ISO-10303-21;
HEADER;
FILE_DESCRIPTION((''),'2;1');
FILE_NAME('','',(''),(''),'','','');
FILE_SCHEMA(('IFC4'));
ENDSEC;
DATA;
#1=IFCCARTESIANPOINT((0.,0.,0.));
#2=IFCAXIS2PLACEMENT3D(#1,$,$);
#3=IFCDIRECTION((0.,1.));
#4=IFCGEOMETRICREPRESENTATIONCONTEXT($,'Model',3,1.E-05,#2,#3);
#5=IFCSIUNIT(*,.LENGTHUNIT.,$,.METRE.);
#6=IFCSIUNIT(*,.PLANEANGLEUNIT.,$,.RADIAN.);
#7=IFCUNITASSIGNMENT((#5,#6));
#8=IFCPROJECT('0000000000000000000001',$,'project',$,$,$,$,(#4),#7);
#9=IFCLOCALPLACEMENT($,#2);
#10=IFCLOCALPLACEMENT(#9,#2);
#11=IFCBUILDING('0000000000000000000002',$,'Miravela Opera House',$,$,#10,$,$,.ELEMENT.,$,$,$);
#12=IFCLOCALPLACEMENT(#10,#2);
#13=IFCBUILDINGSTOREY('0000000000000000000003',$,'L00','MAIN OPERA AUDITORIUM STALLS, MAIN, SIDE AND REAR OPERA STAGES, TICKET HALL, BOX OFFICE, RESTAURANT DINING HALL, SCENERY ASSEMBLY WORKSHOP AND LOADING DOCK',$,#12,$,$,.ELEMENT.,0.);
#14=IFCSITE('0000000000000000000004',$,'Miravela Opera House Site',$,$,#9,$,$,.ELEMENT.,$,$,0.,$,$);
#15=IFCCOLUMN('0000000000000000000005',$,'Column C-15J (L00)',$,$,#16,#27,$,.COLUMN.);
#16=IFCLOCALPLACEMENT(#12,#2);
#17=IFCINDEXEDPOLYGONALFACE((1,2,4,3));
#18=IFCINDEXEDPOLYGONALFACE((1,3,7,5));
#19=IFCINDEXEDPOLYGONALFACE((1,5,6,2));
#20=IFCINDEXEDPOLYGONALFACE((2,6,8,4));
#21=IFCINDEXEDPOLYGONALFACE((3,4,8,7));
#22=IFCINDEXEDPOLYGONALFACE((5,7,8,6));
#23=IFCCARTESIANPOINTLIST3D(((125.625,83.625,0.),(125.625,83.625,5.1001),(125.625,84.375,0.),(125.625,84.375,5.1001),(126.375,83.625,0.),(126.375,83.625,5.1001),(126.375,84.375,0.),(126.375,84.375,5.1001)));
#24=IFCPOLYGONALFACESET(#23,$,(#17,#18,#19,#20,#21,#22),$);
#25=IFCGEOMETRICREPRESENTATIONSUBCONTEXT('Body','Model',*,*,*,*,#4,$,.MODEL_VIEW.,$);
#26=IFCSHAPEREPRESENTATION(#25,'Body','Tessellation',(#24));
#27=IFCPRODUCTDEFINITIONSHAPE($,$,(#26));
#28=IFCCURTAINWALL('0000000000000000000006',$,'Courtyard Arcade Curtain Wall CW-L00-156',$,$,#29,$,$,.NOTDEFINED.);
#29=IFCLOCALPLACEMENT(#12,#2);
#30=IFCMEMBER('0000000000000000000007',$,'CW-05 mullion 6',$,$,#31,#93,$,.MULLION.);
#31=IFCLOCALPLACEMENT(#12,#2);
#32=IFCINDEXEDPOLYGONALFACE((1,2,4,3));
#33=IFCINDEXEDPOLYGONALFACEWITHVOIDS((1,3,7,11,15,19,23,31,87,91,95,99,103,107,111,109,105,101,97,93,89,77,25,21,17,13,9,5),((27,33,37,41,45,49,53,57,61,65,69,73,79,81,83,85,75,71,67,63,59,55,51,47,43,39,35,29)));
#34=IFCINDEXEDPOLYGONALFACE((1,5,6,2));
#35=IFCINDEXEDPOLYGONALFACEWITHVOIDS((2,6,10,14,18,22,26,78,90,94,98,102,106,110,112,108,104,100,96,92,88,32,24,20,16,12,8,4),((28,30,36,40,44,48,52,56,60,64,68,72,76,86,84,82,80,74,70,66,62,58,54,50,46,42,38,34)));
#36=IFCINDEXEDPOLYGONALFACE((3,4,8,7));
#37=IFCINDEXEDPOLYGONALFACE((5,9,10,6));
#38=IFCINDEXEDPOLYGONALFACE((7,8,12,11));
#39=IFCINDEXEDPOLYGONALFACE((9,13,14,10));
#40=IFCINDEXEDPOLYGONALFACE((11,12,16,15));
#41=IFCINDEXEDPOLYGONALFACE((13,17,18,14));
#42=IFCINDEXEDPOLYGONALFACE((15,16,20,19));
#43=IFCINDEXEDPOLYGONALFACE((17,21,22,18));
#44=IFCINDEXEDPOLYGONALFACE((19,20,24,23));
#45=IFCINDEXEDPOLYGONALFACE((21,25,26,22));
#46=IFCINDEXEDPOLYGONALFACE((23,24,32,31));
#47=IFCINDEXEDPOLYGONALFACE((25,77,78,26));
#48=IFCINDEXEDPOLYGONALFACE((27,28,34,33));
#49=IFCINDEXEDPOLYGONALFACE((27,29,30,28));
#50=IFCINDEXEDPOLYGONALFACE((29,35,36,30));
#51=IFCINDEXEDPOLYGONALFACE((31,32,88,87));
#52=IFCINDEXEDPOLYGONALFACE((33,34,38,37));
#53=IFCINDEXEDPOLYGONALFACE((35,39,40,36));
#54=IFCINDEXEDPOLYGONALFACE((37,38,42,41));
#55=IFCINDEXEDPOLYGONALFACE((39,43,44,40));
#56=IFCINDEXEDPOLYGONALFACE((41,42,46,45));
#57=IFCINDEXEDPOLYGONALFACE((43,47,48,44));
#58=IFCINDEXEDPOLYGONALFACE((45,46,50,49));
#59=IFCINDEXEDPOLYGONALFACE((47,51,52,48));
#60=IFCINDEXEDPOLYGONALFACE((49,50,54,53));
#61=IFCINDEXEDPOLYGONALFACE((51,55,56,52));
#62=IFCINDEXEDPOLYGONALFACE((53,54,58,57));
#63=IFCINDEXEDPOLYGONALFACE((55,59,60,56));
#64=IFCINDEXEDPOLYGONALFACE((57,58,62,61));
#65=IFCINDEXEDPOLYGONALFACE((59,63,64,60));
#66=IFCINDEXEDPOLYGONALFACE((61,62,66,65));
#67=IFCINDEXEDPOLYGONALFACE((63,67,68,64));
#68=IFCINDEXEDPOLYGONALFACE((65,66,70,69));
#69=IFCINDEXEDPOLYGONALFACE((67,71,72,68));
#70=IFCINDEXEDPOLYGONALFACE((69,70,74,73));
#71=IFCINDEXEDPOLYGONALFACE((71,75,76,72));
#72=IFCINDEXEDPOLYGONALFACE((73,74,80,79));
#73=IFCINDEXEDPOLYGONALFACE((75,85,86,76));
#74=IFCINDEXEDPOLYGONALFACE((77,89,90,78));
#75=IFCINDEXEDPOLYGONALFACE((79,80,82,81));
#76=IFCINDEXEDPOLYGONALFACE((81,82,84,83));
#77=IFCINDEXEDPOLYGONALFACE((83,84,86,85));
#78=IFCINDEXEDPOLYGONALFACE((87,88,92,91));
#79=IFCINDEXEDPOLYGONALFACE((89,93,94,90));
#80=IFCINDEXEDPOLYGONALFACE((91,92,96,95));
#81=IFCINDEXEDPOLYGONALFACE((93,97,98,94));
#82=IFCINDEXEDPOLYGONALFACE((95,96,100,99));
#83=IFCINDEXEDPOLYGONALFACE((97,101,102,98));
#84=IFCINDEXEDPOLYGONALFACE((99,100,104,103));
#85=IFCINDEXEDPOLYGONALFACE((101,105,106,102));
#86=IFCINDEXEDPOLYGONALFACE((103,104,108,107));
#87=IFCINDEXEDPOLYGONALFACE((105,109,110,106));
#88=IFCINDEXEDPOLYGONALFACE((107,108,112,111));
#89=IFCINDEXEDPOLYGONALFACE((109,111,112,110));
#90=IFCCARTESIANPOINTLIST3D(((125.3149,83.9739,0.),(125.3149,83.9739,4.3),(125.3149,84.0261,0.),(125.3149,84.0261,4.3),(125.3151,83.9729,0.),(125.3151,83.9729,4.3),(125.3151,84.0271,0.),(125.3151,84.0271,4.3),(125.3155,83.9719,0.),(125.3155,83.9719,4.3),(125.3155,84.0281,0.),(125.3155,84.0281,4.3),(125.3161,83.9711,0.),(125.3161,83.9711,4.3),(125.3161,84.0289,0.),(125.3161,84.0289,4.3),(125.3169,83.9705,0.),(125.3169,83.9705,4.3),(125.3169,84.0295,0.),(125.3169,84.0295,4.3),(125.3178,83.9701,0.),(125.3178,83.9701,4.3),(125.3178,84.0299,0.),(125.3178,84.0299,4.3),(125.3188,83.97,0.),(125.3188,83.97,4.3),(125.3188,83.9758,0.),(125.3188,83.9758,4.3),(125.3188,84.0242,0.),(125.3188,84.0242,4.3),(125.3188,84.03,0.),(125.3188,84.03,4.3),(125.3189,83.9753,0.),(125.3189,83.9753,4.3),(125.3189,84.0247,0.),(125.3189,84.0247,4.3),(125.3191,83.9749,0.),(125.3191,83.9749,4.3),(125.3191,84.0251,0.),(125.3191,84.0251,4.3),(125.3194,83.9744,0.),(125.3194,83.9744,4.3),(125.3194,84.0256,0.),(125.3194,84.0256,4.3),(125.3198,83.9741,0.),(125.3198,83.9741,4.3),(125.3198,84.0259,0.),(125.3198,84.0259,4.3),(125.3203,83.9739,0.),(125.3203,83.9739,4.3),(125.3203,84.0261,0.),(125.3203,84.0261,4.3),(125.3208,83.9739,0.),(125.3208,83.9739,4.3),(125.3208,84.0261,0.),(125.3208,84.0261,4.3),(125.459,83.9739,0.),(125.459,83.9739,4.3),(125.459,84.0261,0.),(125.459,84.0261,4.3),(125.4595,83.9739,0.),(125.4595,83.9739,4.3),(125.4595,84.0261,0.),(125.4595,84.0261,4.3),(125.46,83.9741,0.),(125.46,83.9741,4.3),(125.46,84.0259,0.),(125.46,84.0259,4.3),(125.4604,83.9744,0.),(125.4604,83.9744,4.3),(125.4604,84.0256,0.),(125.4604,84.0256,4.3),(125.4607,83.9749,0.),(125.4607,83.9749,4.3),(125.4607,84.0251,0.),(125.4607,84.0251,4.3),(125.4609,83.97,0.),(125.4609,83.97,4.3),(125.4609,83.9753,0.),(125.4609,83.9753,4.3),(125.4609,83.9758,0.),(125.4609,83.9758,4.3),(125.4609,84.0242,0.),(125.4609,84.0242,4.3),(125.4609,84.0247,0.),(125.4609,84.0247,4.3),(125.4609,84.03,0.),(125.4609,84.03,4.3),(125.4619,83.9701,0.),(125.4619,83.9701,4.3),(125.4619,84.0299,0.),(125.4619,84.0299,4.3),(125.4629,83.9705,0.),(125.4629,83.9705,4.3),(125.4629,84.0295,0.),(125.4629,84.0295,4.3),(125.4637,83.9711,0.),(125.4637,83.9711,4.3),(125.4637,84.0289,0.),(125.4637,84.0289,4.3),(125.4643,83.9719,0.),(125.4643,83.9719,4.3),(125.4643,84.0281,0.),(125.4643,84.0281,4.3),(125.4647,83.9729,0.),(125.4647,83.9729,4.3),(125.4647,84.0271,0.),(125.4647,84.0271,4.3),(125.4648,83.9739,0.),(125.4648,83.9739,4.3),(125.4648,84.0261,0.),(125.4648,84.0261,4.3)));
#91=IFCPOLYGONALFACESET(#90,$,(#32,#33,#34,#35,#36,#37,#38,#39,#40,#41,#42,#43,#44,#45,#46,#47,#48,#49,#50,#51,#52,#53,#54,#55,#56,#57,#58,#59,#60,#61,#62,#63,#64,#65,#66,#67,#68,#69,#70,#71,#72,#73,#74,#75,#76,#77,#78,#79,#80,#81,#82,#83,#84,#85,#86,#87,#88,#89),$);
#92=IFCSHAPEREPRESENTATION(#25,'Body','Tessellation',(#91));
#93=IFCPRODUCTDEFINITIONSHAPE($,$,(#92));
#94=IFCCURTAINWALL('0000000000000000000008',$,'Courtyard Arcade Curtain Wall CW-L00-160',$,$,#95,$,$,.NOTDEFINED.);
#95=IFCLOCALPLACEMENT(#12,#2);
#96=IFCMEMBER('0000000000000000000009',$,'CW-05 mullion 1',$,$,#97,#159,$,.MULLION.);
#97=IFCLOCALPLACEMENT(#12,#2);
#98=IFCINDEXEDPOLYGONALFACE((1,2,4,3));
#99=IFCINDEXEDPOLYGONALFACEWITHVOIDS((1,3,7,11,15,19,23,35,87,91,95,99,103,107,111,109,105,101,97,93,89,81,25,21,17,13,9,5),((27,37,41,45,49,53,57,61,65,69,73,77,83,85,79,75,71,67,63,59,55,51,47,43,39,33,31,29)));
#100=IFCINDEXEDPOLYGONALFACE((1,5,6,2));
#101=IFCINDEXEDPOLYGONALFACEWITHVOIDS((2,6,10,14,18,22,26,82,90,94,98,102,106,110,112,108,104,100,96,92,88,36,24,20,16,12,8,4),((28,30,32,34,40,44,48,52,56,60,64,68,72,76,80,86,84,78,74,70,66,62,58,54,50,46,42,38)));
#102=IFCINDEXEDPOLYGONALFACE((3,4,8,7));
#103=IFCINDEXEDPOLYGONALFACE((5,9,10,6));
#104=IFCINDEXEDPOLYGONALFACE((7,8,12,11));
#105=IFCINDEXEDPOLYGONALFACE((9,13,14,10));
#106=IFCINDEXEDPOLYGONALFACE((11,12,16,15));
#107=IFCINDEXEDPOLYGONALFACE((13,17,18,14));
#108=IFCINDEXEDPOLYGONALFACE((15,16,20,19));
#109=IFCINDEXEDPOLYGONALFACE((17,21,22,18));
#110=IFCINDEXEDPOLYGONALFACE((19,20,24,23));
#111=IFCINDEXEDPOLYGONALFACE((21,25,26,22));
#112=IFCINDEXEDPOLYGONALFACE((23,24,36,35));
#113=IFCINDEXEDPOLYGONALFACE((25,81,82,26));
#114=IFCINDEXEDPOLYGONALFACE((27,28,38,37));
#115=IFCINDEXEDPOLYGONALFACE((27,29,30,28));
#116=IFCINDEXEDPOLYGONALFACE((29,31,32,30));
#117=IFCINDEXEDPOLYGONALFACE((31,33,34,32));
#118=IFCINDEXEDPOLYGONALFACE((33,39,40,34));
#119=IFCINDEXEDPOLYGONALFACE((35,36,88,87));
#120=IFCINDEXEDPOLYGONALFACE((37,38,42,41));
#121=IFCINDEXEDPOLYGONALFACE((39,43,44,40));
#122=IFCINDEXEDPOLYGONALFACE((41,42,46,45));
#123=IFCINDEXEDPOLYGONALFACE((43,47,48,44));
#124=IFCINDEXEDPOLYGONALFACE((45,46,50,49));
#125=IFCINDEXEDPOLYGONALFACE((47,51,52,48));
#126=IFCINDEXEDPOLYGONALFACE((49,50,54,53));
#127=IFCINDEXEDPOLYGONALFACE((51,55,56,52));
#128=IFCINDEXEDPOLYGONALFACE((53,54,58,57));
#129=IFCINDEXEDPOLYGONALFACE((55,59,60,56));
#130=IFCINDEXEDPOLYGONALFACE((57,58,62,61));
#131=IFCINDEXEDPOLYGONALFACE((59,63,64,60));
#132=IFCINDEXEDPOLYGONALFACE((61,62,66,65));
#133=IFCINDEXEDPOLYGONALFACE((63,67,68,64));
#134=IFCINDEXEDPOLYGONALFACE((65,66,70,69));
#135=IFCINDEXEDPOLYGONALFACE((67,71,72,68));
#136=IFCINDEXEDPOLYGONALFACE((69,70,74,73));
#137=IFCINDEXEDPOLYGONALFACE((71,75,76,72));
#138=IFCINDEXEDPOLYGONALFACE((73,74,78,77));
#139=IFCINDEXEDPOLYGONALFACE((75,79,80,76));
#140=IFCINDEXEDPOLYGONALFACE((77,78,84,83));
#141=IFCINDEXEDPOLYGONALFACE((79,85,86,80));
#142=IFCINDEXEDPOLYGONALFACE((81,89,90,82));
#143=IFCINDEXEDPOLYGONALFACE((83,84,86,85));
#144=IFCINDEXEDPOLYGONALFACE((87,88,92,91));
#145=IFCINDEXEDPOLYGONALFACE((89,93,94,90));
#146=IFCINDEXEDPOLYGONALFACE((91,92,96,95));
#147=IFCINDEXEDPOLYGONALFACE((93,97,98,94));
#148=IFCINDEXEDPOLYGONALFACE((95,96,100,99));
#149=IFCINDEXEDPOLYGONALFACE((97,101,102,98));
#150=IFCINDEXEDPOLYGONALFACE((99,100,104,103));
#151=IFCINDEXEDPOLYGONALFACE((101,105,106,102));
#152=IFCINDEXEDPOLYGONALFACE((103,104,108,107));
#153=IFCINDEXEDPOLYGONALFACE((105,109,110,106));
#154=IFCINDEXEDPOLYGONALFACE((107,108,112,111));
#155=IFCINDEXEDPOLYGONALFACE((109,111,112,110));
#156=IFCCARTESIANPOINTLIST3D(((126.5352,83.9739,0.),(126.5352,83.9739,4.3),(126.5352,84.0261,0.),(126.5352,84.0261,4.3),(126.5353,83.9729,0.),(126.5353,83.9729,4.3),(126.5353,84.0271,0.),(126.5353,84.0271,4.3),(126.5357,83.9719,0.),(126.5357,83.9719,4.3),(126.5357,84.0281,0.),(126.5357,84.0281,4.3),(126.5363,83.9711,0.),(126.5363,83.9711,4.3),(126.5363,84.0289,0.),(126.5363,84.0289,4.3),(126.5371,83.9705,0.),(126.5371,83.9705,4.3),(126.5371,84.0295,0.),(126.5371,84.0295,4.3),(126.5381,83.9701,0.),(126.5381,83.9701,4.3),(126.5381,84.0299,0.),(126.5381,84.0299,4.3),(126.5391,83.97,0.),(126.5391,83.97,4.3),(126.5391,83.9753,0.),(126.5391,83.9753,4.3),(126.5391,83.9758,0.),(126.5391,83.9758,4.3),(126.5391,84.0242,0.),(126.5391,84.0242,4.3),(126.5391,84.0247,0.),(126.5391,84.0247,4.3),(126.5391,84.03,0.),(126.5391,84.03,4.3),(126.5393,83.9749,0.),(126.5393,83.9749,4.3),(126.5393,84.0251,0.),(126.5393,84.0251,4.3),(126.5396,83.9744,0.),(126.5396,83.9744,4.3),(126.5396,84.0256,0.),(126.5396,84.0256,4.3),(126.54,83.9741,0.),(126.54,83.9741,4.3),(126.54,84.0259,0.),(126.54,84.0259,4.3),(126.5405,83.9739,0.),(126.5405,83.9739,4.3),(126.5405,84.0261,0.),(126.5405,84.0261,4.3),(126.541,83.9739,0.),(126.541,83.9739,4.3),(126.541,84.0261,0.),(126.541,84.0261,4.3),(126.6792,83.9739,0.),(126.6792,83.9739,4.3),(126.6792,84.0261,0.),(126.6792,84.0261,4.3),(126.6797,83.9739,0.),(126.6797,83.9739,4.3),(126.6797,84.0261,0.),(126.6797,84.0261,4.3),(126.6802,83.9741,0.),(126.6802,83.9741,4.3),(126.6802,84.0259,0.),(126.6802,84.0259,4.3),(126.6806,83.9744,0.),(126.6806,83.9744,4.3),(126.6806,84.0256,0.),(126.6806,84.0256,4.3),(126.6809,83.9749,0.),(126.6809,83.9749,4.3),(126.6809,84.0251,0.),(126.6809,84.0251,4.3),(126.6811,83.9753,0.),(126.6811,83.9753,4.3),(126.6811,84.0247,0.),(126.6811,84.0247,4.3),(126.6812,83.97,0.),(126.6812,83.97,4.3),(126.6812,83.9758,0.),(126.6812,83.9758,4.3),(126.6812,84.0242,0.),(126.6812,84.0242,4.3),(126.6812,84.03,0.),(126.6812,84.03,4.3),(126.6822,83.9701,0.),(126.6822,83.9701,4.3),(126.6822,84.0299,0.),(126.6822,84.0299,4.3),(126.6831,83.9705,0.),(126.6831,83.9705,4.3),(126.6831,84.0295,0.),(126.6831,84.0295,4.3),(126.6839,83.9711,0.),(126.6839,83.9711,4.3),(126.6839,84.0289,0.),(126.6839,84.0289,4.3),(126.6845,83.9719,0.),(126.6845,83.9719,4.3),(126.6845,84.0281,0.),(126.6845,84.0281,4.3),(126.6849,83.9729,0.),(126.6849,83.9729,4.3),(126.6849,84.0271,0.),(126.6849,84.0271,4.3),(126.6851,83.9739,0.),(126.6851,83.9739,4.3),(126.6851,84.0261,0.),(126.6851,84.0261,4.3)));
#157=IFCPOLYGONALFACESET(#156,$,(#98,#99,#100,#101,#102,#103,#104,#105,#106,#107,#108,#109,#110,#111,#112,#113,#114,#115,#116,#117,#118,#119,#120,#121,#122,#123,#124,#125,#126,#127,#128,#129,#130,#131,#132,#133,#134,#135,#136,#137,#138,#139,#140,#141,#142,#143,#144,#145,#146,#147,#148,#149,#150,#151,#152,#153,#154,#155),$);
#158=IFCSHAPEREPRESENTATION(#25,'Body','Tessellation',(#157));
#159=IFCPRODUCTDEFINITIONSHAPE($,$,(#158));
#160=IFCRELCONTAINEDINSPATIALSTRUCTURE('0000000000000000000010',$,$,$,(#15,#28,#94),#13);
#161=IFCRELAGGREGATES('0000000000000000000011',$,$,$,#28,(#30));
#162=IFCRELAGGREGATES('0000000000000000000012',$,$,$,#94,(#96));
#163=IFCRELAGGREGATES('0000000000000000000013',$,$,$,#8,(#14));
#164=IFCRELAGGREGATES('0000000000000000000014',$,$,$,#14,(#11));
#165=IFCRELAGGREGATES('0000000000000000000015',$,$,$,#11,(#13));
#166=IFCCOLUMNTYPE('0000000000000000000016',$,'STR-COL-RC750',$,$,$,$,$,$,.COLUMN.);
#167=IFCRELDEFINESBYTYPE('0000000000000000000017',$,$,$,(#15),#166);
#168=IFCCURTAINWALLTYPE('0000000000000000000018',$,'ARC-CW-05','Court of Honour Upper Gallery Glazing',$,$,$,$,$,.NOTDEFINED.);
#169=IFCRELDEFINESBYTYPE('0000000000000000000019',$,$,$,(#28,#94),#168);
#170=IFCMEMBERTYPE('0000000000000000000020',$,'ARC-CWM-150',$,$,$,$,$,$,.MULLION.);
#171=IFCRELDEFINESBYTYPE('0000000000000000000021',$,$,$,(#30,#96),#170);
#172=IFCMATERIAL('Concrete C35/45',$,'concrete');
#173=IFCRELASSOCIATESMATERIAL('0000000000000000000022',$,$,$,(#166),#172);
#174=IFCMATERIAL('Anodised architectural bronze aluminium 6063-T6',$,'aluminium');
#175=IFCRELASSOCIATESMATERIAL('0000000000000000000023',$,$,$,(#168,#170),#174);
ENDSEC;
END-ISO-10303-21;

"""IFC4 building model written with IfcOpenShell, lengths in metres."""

from ifc_helpers import new_model, si_unit, direction, frame, origin, origin_2d, place, context, subcontext, project, spatial, rectangle, hollow_rectangle, extrude, material, material_profile, profile_set, type_object, element, aggregate, save


model = new_model("IFC4")

# Units and contexts
model_context = context("Model", 3, precision=1e-05, world=origin(), true_north=direction((0.0, 1.0)))
body_context = subcontext(model_context, "Body", "Model", "MODEL_VIEW")
ifc_project = project(units=[si_unit("LENGTHUNIT", "METRE"), si_unit("PLANEANGLEUNIT", "RADIAN")], contexts=[model_context])

# Site, building, storey
site_placement = place(None, origin())
site = spatial("IfcSite", under=ifc_project, at=site_placement, Name="Miravela Opera House Site", CompositionType="ELEMENT", RefElevation=0.0)
building_placement = place(site_placement, origin())
building = spatial("IfcBuilding", under=site, at=building_placement, Name="Miravela Opera House", CompositionType="ELEMENT")
storey_placement = place(building_placement, origin())
storey = spatial("IfcBuildingStorey", under=building, at=storey_placement, Name="L00", Description="MAIN OPERA AUDITORIUM STALLS, MAIN, SIDE AND REAR OPERA STAGES, TICKET HALL, BOX OFFICE, RESTAURANT DINING HALL, SCENERY ASSEMBLY WORKSHOP AND LOADING DOCK", CompositionType="ELEMENT", Elevation=0.0)

# Column
ifc_material_1 = material(Name="Concrete C35/45", Category="concrete")
ifc_material_profile_1 = material_profile(ifc_material_1, rectangle(XDim=0.75, YDim=0.75, at=origin_2d()), Name="RC-COL-750X750")
ifc_profile_set_1 = profile_set([ifc_material_profile_1])
column_type = type_object("IfcColumnType", Name="STR-COL-RC750", PredefinedType="COLUMN", material=ifc_profile_set_1)
column_placement = place(storey_placement, frame((126.0, 84.0, 0.0), z_axis=(0.0, 0.0, 1.0), x_axis=(1.0, 0.0, 0.0)))
element("IfcColumn", 1, at=column_placement, inside=storey, type_object=column_type, Name="Column C-15J (L00)", PredefinedType="COLUMN", context=body_context, shape_type="SweptSolid", body=[
    extrude(rectangle(XDim=0.75, YDim=0.75, at=origin_2d()), origin(), (0.0, 0.0, 1.0), 5.1001),
])

# Curtain wall, member
ifc_material_2 = material(Name="Anodised architectural bronze aluminium 6063-T6", Category="aluminium")
curtain_wall_type = type_object("IfcCurtainWallType", Name="ARC-CW-05", Description="Court of Honour Upper Gallery Glazing", PredefinedType="NOTDEFINED", material=ifc_material_2)
curtain_wall_1_placement = place(storey_placement, origin())
curtain_wall_1 = element("IfcCurtainWall", 2, at=curtain_wall_1_placement, inside=storey, type_object=curtain_wall_type, Name="Courtyard Arcade Curtain Wall CW-L00-156", PredefinedType="NOTDEFINED")
ifc_material_profile_2 = material_profile(ifc_material_2, hollow_rectangle(XDim=0.0601, YDim=0.1499, WallThickness=0.0039, InnerFilletRadius=0.002, OuterFilletRadius=0.0039, at=origin_2d()), Name="CWM-60X150")
ifc_profile_set_2 = profile_set([ifc_material_profile_2])
member_type_1 = type_object("IfcMemberType", Name="ARC-CWM-150", PredefinedType="MULLION", material=ifc_profile_set_2)
member_1_placement = place(storey_placement, frame((125.3899, 84.0, 0.0), z_axis=(0.0, 0.0, 1.0), x_axis=(0.0, 1.0, 0.0)))
member_1 = element("IfcMember", 3, at=member_1_placement, type_object=member_type_1, Name="CW-05 mullion 6", PredefinedType="MULLION", context=body_context, shape_type="SweptSolid", body=[
    extrude(hollow_rectangle(XDim=0.0601, YDim=0.1499, WallThickness=0.0039, InnerFilletRadius=0.002, OuterFilletRadius=0.0039, at=origin_2d()), origin(), (0.0, 0.0, 1.0), 4.3),
])

# Curtain wall, member
curtain_wall_2_placement = place(storey_placement, origin())
curtain_wall_2 = element("IfcCurtainWall", 4, at=curtain_wall_2_placement, inside=storey, type_object=curtain_wall_type, Name="Courtyard Arcade Curtain Wall CW-L00-160", PredefinedType="NOTDEFINED")
member_2_placement = place(storey_placement, frame((126.6101, 84.0, 0.0), z_axis=(0.0, 0.0, 1.0), x_axis=(0.0, 1.0, 0.0)))
member_2 = element("IfcMember", 5, at=member_2_placement, type_object=member_type_1, Name="CW-05 mullion 1", PredefinedType="MULLION", context=body_context, shape_type="SweptSolid", body=[
    extrude(hollow_rectangle(XDim=0.0601, YDim=0.1499, WallThickness=0.0039, InnerFilletRadius=0.002, OuterFilletRadius=0.0039, at=origin_2d()), origin(), (0.0, 0.0, 1.0), 4.3),
])

aggregate(curtain_wall_1, [member_1])
aggregate(curtain_wall_2, [member_2])

save(model, "model.ifc")
